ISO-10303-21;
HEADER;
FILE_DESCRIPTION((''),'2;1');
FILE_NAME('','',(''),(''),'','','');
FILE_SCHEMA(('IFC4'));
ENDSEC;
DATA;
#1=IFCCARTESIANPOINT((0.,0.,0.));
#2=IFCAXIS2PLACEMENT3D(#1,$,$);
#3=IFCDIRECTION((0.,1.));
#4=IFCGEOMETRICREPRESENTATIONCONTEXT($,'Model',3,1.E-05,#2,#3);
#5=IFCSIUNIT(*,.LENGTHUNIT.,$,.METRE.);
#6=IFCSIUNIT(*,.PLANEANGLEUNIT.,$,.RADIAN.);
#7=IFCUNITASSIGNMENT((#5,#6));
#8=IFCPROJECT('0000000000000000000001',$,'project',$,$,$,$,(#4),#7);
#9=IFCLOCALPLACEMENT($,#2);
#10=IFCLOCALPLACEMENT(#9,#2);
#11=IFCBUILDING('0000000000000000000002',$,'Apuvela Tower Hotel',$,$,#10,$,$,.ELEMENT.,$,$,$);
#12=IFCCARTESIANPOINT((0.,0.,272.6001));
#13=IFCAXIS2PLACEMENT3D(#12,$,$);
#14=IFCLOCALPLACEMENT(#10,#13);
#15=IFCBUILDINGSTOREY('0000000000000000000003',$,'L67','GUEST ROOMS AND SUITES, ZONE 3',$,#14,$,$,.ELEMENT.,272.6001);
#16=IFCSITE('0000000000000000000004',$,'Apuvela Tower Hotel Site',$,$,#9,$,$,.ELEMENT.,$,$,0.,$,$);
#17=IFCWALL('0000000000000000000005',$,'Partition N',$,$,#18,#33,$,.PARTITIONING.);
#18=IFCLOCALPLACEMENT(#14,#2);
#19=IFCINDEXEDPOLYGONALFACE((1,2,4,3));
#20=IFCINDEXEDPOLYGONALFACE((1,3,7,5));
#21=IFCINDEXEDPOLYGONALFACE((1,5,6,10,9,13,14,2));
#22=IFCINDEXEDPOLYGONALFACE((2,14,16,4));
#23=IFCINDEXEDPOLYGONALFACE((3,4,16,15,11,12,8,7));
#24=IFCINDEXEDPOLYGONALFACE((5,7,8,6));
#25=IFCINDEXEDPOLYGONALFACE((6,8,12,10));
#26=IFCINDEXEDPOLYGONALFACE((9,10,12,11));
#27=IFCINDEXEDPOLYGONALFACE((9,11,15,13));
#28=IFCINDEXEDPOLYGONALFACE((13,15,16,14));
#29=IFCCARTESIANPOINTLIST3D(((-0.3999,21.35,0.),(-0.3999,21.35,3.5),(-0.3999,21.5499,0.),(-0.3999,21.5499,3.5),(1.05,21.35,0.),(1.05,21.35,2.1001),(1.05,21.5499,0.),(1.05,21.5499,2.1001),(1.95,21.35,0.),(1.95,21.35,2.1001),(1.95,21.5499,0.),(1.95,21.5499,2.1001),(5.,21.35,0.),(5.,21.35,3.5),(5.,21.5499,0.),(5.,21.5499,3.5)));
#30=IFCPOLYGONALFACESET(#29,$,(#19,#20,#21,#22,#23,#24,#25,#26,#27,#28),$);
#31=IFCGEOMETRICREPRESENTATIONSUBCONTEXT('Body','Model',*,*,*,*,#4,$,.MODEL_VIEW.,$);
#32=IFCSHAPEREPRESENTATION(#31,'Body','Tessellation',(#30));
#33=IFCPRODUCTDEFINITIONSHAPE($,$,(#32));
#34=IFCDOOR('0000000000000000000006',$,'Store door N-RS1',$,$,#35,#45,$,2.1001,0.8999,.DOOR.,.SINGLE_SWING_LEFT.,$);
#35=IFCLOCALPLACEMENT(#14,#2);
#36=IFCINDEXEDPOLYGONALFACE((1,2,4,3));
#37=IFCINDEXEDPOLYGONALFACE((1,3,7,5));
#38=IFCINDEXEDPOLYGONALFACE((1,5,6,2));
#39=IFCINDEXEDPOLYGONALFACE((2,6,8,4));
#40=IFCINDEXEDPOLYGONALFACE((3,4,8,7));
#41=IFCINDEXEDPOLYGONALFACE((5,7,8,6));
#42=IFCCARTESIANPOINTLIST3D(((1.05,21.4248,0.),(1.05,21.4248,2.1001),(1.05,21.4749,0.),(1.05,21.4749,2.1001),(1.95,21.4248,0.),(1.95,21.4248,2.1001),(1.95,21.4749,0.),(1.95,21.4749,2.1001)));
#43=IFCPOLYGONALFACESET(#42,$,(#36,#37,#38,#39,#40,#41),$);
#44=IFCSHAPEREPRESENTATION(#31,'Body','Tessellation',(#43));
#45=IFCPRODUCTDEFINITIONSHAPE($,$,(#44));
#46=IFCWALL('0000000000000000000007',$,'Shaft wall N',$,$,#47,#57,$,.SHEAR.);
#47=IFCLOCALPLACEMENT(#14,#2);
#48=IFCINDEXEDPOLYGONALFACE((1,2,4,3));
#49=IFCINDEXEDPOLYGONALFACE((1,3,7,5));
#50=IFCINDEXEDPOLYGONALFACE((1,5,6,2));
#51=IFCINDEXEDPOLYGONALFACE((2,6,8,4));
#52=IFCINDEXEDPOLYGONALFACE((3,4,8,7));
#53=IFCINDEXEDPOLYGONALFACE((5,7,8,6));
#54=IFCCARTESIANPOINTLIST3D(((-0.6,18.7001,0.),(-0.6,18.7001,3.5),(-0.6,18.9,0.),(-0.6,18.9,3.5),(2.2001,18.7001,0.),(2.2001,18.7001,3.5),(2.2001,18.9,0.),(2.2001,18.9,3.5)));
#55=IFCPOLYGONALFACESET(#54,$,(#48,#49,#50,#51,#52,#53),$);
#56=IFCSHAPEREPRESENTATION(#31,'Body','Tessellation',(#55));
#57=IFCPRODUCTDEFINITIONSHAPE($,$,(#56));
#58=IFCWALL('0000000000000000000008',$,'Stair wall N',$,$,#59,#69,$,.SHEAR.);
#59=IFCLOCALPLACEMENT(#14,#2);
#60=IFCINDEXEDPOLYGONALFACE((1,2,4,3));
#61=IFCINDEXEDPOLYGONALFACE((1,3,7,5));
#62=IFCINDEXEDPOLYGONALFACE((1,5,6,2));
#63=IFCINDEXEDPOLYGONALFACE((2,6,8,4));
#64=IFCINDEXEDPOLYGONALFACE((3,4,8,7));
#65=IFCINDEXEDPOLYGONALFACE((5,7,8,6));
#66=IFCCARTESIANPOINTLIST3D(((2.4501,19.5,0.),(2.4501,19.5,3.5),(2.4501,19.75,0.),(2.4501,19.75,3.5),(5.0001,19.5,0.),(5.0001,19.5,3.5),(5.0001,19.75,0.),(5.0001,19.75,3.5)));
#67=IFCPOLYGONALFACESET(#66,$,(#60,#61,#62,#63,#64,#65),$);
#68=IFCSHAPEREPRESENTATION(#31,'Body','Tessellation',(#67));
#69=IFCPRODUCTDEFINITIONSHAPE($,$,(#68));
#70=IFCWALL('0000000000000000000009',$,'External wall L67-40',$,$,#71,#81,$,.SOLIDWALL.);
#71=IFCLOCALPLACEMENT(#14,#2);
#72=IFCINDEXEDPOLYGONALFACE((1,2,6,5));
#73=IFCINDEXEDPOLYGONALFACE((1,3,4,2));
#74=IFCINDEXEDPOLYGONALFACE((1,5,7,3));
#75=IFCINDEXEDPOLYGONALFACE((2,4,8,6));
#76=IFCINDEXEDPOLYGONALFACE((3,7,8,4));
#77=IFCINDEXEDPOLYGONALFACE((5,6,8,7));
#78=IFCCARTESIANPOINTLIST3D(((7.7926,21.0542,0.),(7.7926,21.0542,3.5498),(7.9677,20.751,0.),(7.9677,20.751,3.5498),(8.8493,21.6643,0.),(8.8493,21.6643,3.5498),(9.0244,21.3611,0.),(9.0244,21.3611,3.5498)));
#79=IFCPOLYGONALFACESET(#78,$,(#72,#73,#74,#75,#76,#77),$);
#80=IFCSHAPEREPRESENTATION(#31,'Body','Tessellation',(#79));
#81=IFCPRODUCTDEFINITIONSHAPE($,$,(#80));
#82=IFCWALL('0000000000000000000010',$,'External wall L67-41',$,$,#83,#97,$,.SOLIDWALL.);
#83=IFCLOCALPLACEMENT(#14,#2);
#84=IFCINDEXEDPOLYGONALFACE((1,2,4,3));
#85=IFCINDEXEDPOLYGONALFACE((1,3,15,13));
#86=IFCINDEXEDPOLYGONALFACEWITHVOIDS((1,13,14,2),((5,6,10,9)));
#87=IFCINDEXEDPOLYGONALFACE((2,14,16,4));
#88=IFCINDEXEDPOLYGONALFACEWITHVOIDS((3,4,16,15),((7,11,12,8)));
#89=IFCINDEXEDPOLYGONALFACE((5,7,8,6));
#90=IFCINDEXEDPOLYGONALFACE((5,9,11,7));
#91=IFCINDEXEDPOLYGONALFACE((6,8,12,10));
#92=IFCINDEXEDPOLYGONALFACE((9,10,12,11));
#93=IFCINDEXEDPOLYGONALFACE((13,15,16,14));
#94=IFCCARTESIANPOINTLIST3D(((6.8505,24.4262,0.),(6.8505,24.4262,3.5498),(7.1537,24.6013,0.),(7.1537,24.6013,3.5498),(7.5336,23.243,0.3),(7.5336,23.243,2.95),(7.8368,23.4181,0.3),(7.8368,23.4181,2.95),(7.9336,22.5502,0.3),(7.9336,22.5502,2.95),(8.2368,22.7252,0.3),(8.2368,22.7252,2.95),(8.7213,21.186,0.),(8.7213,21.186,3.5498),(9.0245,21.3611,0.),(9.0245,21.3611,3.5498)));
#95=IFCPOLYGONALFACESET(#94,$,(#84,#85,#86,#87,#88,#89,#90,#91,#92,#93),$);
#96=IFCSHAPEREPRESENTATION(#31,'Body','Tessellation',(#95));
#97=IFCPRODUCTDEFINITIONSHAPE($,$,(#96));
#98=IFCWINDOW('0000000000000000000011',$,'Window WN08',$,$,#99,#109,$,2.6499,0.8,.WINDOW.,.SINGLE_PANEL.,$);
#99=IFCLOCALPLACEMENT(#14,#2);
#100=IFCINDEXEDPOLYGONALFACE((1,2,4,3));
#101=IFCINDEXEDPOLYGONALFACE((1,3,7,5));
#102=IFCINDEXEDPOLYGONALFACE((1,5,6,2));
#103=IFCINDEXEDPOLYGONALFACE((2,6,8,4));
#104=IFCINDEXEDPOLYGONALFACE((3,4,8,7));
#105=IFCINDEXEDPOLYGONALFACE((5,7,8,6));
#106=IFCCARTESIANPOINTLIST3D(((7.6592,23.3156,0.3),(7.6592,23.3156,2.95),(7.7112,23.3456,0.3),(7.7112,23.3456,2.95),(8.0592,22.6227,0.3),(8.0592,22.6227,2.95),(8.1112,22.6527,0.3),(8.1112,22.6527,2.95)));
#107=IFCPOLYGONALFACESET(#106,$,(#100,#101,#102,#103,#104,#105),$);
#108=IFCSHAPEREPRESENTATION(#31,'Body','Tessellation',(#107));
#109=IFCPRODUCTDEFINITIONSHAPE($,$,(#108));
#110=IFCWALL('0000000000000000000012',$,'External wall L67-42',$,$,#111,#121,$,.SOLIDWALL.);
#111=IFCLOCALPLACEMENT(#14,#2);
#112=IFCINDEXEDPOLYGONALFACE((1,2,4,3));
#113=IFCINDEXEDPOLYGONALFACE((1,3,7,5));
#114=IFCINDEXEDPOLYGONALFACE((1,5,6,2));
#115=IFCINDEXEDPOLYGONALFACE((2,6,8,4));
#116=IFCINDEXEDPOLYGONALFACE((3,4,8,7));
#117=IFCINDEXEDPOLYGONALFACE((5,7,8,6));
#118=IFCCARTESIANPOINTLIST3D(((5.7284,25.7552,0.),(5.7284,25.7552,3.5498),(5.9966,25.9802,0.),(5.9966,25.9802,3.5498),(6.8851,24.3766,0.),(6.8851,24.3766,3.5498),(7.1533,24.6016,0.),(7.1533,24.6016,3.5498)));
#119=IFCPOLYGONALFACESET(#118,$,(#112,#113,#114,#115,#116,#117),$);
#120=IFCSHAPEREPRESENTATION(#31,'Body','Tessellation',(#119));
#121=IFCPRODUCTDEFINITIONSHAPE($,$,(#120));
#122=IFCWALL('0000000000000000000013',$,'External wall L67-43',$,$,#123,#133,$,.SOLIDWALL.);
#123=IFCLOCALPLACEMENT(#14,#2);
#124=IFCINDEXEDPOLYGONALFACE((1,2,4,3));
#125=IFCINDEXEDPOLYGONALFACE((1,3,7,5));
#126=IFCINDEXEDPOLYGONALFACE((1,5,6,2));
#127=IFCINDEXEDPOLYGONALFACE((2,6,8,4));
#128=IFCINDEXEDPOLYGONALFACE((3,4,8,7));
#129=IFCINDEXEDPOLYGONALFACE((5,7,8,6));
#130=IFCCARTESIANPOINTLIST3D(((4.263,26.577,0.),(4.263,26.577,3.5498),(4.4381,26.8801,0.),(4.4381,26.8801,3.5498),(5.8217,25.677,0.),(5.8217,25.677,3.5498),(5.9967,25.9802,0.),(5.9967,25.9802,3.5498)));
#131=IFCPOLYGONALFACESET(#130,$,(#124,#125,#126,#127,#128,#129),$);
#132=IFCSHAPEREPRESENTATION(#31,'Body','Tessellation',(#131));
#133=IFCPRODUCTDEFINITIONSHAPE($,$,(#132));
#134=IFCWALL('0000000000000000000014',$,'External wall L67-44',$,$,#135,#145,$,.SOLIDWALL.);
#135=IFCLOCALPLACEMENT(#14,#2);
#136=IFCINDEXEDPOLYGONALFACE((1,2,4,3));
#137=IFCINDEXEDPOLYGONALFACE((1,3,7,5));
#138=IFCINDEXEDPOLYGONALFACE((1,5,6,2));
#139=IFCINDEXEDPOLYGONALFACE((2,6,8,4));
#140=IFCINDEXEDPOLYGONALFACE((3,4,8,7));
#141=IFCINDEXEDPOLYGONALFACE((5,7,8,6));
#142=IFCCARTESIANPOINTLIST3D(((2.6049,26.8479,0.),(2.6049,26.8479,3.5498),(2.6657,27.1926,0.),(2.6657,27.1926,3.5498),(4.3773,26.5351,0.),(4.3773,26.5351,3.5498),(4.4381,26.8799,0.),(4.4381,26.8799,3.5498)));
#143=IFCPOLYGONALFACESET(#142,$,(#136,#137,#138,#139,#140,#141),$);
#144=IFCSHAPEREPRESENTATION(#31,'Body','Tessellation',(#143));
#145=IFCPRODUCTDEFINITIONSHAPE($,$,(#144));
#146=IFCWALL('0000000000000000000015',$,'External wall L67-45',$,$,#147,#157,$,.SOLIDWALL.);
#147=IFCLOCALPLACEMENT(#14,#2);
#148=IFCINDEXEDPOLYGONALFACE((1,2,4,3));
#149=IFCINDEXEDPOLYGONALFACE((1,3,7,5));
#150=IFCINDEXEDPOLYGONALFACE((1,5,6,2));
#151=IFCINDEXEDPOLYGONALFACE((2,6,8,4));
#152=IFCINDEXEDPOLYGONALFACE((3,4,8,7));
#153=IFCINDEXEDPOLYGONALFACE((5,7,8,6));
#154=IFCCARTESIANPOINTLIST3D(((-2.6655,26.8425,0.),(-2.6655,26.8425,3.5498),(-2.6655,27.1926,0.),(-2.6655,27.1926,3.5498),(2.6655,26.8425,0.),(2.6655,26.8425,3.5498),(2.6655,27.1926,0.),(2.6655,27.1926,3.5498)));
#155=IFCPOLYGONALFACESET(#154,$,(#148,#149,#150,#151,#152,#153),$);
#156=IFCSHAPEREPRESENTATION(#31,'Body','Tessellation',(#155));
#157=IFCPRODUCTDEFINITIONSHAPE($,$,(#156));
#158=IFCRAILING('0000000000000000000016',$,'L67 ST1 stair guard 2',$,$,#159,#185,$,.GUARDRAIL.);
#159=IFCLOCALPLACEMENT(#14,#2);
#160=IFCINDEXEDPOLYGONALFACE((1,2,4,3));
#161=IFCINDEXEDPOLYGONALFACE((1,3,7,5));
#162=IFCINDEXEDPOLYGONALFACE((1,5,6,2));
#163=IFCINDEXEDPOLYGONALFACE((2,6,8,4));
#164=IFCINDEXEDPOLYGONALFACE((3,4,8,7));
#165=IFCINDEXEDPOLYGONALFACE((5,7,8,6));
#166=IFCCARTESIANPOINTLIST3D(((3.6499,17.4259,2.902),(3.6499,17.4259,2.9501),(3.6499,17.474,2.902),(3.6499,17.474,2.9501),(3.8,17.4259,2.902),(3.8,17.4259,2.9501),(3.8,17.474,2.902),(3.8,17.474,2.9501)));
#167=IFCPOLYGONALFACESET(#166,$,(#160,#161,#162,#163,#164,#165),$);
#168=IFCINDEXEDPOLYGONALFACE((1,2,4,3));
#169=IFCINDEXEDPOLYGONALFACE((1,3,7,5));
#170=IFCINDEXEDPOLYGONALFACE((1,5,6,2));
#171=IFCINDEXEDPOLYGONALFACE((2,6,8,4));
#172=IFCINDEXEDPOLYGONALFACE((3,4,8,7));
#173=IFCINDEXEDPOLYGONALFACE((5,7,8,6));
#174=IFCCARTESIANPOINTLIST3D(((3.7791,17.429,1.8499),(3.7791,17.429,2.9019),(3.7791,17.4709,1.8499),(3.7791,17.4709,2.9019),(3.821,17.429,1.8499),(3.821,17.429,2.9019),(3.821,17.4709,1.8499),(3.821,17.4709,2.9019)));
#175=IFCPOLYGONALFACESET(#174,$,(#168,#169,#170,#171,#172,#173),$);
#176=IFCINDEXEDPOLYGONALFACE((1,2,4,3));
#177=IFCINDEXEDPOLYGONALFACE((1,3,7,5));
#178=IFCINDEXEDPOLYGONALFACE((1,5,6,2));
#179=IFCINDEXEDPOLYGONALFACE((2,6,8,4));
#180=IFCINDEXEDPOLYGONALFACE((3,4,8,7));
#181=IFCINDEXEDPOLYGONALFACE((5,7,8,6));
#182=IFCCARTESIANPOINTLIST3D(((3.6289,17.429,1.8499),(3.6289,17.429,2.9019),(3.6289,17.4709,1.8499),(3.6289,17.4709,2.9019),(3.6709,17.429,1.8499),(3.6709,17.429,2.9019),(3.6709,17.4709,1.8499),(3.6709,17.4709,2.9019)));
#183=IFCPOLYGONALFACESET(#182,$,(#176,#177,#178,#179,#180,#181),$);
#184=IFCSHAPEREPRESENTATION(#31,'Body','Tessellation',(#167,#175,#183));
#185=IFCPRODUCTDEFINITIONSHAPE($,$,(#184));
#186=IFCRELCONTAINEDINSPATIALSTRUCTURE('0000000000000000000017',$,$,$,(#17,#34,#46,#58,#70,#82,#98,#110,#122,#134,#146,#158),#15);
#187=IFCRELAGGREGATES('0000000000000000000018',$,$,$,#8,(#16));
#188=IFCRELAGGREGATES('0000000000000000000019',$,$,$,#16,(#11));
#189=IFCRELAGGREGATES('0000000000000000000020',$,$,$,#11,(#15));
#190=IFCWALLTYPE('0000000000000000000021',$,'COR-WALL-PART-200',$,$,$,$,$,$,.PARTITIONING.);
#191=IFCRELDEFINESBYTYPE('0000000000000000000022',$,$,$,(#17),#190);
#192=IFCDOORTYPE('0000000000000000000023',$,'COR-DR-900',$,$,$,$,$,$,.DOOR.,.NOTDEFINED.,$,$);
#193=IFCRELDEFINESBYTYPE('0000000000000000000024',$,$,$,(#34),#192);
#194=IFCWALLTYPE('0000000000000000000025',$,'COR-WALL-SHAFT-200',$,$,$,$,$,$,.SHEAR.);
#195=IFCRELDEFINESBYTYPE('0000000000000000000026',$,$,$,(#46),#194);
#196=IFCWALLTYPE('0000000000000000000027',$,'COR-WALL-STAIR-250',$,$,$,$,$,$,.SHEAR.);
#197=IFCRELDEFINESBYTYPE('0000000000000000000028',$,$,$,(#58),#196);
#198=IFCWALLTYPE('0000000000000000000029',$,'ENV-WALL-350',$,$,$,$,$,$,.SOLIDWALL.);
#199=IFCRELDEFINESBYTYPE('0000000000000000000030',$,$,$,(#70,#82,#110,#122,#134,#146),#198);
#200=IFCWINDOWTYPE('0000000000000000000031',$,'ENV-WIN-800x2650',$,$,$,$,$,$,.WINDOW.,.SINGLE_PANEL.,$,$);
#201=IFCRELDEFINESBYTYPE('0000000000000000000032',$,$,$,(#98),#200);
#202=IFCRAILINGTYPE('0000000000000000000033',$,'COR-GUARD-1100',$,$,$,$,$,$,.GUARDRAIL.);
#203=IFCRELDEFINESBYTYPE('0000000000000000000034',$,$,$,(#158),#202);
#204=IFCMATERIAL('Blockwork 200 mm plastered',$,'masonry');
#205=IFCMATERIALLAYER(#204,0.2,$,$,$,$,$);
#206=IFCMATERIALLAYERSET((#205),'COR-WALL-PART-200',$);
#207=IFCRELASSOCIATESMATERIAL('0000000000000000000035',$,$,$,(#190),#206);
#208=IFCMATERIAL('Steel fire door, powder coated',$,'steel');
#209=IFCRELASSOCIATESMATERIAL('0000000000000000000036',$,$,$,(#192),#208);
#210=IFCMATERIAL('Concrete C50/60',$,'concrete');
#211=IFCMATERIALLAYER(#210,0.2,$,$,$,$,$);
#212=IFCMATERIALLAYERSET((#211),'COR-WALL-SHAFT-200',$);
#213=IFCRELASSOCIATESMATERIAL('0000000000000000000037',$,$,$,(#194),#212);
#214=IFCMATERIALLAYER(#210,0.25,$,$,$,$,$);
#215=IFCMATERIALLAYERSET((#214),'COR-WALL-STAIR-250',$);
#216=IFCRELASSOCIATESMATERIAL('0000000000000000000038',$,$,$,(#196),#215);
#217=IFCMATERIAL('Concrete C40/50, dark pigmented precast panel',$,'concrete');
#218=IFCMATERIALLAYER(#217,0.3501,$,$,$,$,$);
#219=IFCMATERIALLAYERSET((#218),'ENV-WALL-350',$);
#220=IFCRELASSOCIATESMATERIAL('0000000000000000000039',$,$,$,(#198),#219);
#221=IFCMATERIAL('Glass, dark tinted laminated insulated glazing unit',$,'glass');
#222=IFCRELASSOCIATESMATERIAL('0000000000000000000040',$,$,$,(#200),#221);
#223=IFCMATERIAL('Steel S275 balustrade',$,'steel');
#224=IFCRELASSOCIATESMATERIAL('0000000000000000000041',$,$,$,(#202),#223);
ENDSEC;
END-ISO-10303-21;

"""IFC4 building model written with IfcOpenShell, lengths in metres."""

from ifc_helpers import new_model, si_unit, direction, frame, frame_2d, origin, origin_2d, place, context, subcontext, project, spatial, rectangle, extrude, material, layer, layer_set, type_object, element, fill, save


model = new_model("IFC4")

# Units and contexts
model_context = context("Model", 3, precision=1e-05, world=origin(), true_north=direction((0.0, 1.0)))
body_context = subcontext(model_context, "Body", "Model", "MODEL_VIEW")
ifc_project = project(units=[si_unit("LENGTHUNIT", "METRE"), si_unit("PLANEANGLEUNIT", "RADIAN")], contexts=[model_context])

# Site, building, storey
site_placement = place(None, origin())
site = spatial("IfcSite", under=ifc_project, at=site_placement, Name="Apuvela Tower Hotel Site", CompositionType="ELEMENT", RefElevation=0.0)
building_placement = place(site_placement, origin())
building = spatial("IfcBuilding", under=site, at=building_placement, Name="Apuvela Tower Hotel", CompositionType="ELEMENT")
storey_placement = place(building_placement, frame((0.0, 0.0, 272.6001)))
storey = spatial("IfcBuildingStorey", under=building, at=storey_placement, Name="L67", Description="GUEST ROOMS AND SUITES, ZONE 3", CompositionType="ELEMENT", Elevation=272.6001)

# Wall, opening, door
ifc_material_1 = material(Name="Blockwork 200 mm plastered", Category="masonry")
ifc_layer_1 = layer(ifc_material_1, 0.2)
ifc_layer_set_1 = layer_set([ifc_layer_1], Name="COR-WALL-PART-200")
wall_type_1 = type_object("IfcWallType", Name="COR-WALL-PART-200", PredefinedType="PARTITIONING", material=ifc_layer_set_1)
wall_1_placement = place(storey_placement, frame((5.0, 21.45, 0.0), z_axis=(0.0, 0.0, 1.0), x_axis=(-1.0, 0.0, 0.0)))
wall_1 = element("IfcWall", 1, at=wall_1_placement, inside=storey, type_object=wall_type_1, Name="Partition N", PredefinedType="PARTITIONING", context=body_context, shape_type="SweptSolid", body=[
    extrude(rectangle(XDim=5.3999, YDim=0.2, at=frame_2d((2.7, 0.0))), origin(), (0.0, 0.0, 1.0), 3.5),
])
opening_1_placement = place(wall_1_placement, frame((3.05, 0.0, 0.0)))
opening_1 = element("IfcOpeningElement", 2, at=opening_1_placement, cuts=wall_1, PredefinedType="OPENING", context=body_context, shape_type="SweptSolid", body=[
    extrude(rectangle(XDim=0.8999, YDim=2.1001, at=frame_2d((0.45, 1.05))), frame((0.0, 0.1099, 0.0), z_axis=(0.0, -1.0, 0.0), x_axis=(1.0, 0.0, 0.0)), (0.0, 0.0, 1.0), 0.22),
])
ifc_material_2 = material(Name="Steel fire door, powder coated", Category="steel")
door_type_1 = type_object("IfcDoorType", Name="COR-DR-900", OperationType="NOTDEFINED", PredefinedType="DOOR", material=ifc_material_2)
door_1_placement = place(opening_1_placement, frame((0.8999, 0.0, 0.0), z_axis=(0.0, 0.0, 1.0), x_axis=(-1.0, 0.0, 0.0)))
door_1 = element("IfcDoor", 3, at=door_1_placement, inside=storey, type_object=door_type_1, Name="Store door N-RS1", OperationType="SINGLE_SWING_LEFT", OverallHeight=2.1001, OverallWidth=0.8999, PredefinedType="DOOR", context=body_context, shape_type="SweptSolid", body=[
    extrude(rectangle(XDim=0.8999, YDim=2.1001, at=frame_2d((0.45, 1.05))), frame((0.0, 0.0249, 0.0), z_axis=(0.0, -1.0, 0.0), x_axis=(1.0, 0.0, 0.0)), (0.0, 0.0, 1.0), 0.05),
])
fill(opening_1, door_1)

# Walls
ifc_material_3 = material(Name="Concrete C50/60", Category="concrete")
ifc_layer_2 = layer(ifc_material_3, 0.2)
ifc_layer_set_2 = layer_set([ifc_layer_2], Name="COR-WALL-SHAFT-200")
wall_type_2 = type_object("IfcWallType", Name="COR-WALL-SHAFT-200", PredefinedType="SHEAR", material=ifc_layer_set_2)
wall_2_placement = place(storey_placement, frame((2.2, 18.8, 0.0), z_axis=(0.0, 0.0, 1.0), x_axis=(-1.0, 0.0, 0.0)))
element("IfcWall", 4, at=wall_2_placement, inside=storey, type_object=wall_type_2, Name="Shaft wall N", PredefinedType="SHEAR", context=body_context, shape_type="SweptSolid", body=[
    extrude(rectangle(XDim=2.8, YDim=0.2, at=frame_2d((1.3999, 0.0))), origin(), (0.0, 0.0, 1.0), 3.5),
])
ifc_layer_3 = layer(ifc_material_3, 0.25)
ifc_layer_set_3 = layer_set([ifc_layer_3], Name="COR-WALL-STAIR-250")
wall_type_3 = type_object("IfcWallType", Name="COR-WALL-STAIR-250", PredefinedType="SHEAR", material=ifc_layer_set_3)
wall_3_placement = place(storey_placement, frame((5.0, 19.625, 0.0), z_axis=(0.0, 0.0, 1.0), x_axis=(-1.0, 0.0, 0.0)))
element("IfcWall", 5, at=wall_3_placement, inside=storey, type_object=wall_type_3, Name="Stair wall N", PredefinedType="SHEAR", context=body_context, shape_type="SweptSolid", body=[
    extrude(rectangle(XDim=2.55, YDim=0.25, at=frame_2d((1.2749, 0.0))), origin(), (0.0, 0.0, 1.0), 3.5),
])
ifc_material_4 = material(Name="Concrete C40/50, dark pigmented precast panel", Category="concrete")
ifc_layer_4 = layer(ifc_material_4, 0.3501)
ifc_layer_set_4 = layer_set([ifc_layer_4], Name="ENV-WALL-350")
wall_type_4 = type_object("IfcWallType", Name="ENV-WALL-350", PredefinedType="SOLIDWALL", material=ifc_layer_set_4)
wall_4_placement = place(storey_placement, frame((7.8801, 20.9026, 0.0), z_axis=(0.0, 0.0, 1.0), x_axis=(0.866006, 0.500034, 0.0)))
element("IfcWall", 6, at=wall_4_placement, inside=storey, type_object=wall_type_4, Name="External wall L67-40", PredefinedType="SOLIDWALL", context=body_context, shape_type="SweptSolid", body=[
    extrude(rectangle(XDim=1.2202, YDim=0.3501, at=frame_2d((0.6101, 0.0))), origin(), (0.0, 0.0, 1.0), 3.5498),
])

# Wall, opening, window
wall_5_placement = place(storey_placement, frame((8.8728, 21.2737, 0.0), z_axis=(0.0, 0.0, 1.0), x_axis=(-0.50002, 0.866014, 0.0)))
wall_5 = element("IfcWall", 7, at=wall_5_placement, inside=storey, type_object=wall_type_4, Name="External wall L67-41", PredefinedType="SOLIDWALL", context=body_context, shape_type="SweptSolid", body=[
    extrude(rectangle(XDim=3.7415, YDim=0.3501, at=frame_2d((1.8706, 0.0))), origin(), (0.0, 0.0, 1.0), 3.5498),
])
opening_2_placement = place(wall_5_placement, frame((1.5752, 0.0, 0.3)))
opening_2 = element("IfcOpeningElement", 8, at=opening_2_placement, cuts=wall_5, PredefinedType="OPENING", context=body_context, shape_type="SweptSolid", body=[
    extrude(rectangle(XDim=0.8, YDim=2.6499, at=frame_2d((0.3999, 1.325))), frame((0.0, 0.1851, 0.0), z_axis=(0.0, -1.0, 0.0), x_axis=(1.0, 0.0, 0.0)), (0.0, 0.0, 1.0), 0.3701),
])
ifc_material_5 = material(Name="Glass, dark tinted laminated insulated glazing unit", Category="glass")
window_type = type_object("IfcWindowType", Name="ENV-WIN-800x2650", PartitioningType="SINGLE_PANEL", PredefinedType="WINDOW", material=ifc_material_5)
window_placement = place(opening_2_placement, origin())
window = element("IfcWindow", 9, at=window_placement, inside=storey, type_object=window_type, Name="Window WN08", OverallHeight=2.6499, OverallWidth=0.8, PartitioningType="SINGLE_PANEL", PredefinedType="WINDOW", context=body_context, shape_type="SweptSolid", body=[
    extrude(rectangle(XDim=0.8, YDim=2.6499, at=frame_2d((0.3999, 1.325))), frame((0.0, 0.03, 0.0), z_axis=(0.0, -1.0, 0.0), x_axis=(1.0, 0.0, 0.0)), (0.0, 0.0, 1.0), 0.0601),
])
fill(opening_2, window)

# Walls
wall_6_placement = place(storey_placement, frame((7.0193, 24.489, 0.0), z_axis=(0.0, 0.0, 1.0), x_axis=(-0.642756, 0.766071, 0.0)))
element("IfcWall", 10, at=wall_6_placement, inside=storey, type_object=wall_type_4, Name="External wall L67-42", PredefinedType="SOLIDWALL", context=body_context, shape_type="SweptSolid", body=[
    extrude(rectangle(XDim=1.7996, YDim=0.3501, at=frame_2d((0.8999, 0.0))), origin(), (0.0, 0.0, 1.0), 3.5498),
])
for number, where, z_axis, x_axis, name in (
    (11, (5.9092, 25.8286, 0.0), (0.0, 0.0, 1.0), (-0.866014, 0.50002, 0.0), "External wall L67-43"),
    (12, (4.4077, 26.7075, 0.0), (0.0, 0.0, 1.0), (-0.984788, 0.173762, 0.0), "External wall L67-44"),
):
    element("IfcWall", number, at=place(storey_placement, frame(where, z_axis=z_axis, x_axis=x_axis)), inside=storey, type_object=wall_type_4, Name=name, PredefinedType="SOLIDWALL", context=body_context, shape_type="SweptSolid", body=[
        extrude(rectangle(XDim=1.7998, YDim=0.3501, at=frame_2d((0.8999, 0.0))), origin(), (0.0, 0.0, 1.0), 3.5498),
    ])
wall_7_placement = place(storey_placement, frame((2.6655, 27.0176, 0.0), z_axis=(0.0, 0.0, 1.0), x_axis=(-1.0, 0.0, 0.0)))
element("IfcWall", 13, at=wall_7_placement, inside=storey, type_object=wall_type_4, Name="External wall L67-45", PredefinedType="SOLIDWALL", context=body_context, shape_type="SweptSolid", body=[
    extrude(rectangle(XDim=5.3311, YDim=0.3501, at=frame_2d((2.6655, 0.0))), origin(), (0.0, 0.0, 1.0), 3.5498),
])

# Railing
ifc_material_6 = material(Name="Steel S275 balustrade", Category="steel")
railing_type = type_object("IfcRailingType", Name="COR-GUARD-1100", PredefinedType="GUARDRAIL", material=ifc_material_6)
railing_1_placement = place(storey_placement, frame((3.8, 17.45, 1.8499)))
element("IfcRailing", 14, at=railing_1_placement, inside=storey, type_object=railing_type, Name="L67 ST1 stair guard 2", PredefinedType="GUARDRAIL", context=body_context, shape_type="SweptSolid", body=[
    extrude(rectangle(XDim=0.0481, YDim=0.0481, at=origin_2d()), frame((0.0, 0.0, 1.0762), z_axis=(-1.0, 0.0, 0.0), x_axis=(0.0, -1.0, 0.0)), (0.0, 0.0, 1.0), 0.1501),
    extrude(rectangle(XDim=0.042, YDim=0.042, at=origin_2d()), origin(), (0.0, 0.0, 1.0), 1.052),
    extrude(rectangle(XDim=0.042, YDim=0.042, at=origin_2d()), frame((-0.1501, 0.0, 0.0)), (0.0, 0.0, 1.0), 1.052),
])

save(model, "model.ifc")
